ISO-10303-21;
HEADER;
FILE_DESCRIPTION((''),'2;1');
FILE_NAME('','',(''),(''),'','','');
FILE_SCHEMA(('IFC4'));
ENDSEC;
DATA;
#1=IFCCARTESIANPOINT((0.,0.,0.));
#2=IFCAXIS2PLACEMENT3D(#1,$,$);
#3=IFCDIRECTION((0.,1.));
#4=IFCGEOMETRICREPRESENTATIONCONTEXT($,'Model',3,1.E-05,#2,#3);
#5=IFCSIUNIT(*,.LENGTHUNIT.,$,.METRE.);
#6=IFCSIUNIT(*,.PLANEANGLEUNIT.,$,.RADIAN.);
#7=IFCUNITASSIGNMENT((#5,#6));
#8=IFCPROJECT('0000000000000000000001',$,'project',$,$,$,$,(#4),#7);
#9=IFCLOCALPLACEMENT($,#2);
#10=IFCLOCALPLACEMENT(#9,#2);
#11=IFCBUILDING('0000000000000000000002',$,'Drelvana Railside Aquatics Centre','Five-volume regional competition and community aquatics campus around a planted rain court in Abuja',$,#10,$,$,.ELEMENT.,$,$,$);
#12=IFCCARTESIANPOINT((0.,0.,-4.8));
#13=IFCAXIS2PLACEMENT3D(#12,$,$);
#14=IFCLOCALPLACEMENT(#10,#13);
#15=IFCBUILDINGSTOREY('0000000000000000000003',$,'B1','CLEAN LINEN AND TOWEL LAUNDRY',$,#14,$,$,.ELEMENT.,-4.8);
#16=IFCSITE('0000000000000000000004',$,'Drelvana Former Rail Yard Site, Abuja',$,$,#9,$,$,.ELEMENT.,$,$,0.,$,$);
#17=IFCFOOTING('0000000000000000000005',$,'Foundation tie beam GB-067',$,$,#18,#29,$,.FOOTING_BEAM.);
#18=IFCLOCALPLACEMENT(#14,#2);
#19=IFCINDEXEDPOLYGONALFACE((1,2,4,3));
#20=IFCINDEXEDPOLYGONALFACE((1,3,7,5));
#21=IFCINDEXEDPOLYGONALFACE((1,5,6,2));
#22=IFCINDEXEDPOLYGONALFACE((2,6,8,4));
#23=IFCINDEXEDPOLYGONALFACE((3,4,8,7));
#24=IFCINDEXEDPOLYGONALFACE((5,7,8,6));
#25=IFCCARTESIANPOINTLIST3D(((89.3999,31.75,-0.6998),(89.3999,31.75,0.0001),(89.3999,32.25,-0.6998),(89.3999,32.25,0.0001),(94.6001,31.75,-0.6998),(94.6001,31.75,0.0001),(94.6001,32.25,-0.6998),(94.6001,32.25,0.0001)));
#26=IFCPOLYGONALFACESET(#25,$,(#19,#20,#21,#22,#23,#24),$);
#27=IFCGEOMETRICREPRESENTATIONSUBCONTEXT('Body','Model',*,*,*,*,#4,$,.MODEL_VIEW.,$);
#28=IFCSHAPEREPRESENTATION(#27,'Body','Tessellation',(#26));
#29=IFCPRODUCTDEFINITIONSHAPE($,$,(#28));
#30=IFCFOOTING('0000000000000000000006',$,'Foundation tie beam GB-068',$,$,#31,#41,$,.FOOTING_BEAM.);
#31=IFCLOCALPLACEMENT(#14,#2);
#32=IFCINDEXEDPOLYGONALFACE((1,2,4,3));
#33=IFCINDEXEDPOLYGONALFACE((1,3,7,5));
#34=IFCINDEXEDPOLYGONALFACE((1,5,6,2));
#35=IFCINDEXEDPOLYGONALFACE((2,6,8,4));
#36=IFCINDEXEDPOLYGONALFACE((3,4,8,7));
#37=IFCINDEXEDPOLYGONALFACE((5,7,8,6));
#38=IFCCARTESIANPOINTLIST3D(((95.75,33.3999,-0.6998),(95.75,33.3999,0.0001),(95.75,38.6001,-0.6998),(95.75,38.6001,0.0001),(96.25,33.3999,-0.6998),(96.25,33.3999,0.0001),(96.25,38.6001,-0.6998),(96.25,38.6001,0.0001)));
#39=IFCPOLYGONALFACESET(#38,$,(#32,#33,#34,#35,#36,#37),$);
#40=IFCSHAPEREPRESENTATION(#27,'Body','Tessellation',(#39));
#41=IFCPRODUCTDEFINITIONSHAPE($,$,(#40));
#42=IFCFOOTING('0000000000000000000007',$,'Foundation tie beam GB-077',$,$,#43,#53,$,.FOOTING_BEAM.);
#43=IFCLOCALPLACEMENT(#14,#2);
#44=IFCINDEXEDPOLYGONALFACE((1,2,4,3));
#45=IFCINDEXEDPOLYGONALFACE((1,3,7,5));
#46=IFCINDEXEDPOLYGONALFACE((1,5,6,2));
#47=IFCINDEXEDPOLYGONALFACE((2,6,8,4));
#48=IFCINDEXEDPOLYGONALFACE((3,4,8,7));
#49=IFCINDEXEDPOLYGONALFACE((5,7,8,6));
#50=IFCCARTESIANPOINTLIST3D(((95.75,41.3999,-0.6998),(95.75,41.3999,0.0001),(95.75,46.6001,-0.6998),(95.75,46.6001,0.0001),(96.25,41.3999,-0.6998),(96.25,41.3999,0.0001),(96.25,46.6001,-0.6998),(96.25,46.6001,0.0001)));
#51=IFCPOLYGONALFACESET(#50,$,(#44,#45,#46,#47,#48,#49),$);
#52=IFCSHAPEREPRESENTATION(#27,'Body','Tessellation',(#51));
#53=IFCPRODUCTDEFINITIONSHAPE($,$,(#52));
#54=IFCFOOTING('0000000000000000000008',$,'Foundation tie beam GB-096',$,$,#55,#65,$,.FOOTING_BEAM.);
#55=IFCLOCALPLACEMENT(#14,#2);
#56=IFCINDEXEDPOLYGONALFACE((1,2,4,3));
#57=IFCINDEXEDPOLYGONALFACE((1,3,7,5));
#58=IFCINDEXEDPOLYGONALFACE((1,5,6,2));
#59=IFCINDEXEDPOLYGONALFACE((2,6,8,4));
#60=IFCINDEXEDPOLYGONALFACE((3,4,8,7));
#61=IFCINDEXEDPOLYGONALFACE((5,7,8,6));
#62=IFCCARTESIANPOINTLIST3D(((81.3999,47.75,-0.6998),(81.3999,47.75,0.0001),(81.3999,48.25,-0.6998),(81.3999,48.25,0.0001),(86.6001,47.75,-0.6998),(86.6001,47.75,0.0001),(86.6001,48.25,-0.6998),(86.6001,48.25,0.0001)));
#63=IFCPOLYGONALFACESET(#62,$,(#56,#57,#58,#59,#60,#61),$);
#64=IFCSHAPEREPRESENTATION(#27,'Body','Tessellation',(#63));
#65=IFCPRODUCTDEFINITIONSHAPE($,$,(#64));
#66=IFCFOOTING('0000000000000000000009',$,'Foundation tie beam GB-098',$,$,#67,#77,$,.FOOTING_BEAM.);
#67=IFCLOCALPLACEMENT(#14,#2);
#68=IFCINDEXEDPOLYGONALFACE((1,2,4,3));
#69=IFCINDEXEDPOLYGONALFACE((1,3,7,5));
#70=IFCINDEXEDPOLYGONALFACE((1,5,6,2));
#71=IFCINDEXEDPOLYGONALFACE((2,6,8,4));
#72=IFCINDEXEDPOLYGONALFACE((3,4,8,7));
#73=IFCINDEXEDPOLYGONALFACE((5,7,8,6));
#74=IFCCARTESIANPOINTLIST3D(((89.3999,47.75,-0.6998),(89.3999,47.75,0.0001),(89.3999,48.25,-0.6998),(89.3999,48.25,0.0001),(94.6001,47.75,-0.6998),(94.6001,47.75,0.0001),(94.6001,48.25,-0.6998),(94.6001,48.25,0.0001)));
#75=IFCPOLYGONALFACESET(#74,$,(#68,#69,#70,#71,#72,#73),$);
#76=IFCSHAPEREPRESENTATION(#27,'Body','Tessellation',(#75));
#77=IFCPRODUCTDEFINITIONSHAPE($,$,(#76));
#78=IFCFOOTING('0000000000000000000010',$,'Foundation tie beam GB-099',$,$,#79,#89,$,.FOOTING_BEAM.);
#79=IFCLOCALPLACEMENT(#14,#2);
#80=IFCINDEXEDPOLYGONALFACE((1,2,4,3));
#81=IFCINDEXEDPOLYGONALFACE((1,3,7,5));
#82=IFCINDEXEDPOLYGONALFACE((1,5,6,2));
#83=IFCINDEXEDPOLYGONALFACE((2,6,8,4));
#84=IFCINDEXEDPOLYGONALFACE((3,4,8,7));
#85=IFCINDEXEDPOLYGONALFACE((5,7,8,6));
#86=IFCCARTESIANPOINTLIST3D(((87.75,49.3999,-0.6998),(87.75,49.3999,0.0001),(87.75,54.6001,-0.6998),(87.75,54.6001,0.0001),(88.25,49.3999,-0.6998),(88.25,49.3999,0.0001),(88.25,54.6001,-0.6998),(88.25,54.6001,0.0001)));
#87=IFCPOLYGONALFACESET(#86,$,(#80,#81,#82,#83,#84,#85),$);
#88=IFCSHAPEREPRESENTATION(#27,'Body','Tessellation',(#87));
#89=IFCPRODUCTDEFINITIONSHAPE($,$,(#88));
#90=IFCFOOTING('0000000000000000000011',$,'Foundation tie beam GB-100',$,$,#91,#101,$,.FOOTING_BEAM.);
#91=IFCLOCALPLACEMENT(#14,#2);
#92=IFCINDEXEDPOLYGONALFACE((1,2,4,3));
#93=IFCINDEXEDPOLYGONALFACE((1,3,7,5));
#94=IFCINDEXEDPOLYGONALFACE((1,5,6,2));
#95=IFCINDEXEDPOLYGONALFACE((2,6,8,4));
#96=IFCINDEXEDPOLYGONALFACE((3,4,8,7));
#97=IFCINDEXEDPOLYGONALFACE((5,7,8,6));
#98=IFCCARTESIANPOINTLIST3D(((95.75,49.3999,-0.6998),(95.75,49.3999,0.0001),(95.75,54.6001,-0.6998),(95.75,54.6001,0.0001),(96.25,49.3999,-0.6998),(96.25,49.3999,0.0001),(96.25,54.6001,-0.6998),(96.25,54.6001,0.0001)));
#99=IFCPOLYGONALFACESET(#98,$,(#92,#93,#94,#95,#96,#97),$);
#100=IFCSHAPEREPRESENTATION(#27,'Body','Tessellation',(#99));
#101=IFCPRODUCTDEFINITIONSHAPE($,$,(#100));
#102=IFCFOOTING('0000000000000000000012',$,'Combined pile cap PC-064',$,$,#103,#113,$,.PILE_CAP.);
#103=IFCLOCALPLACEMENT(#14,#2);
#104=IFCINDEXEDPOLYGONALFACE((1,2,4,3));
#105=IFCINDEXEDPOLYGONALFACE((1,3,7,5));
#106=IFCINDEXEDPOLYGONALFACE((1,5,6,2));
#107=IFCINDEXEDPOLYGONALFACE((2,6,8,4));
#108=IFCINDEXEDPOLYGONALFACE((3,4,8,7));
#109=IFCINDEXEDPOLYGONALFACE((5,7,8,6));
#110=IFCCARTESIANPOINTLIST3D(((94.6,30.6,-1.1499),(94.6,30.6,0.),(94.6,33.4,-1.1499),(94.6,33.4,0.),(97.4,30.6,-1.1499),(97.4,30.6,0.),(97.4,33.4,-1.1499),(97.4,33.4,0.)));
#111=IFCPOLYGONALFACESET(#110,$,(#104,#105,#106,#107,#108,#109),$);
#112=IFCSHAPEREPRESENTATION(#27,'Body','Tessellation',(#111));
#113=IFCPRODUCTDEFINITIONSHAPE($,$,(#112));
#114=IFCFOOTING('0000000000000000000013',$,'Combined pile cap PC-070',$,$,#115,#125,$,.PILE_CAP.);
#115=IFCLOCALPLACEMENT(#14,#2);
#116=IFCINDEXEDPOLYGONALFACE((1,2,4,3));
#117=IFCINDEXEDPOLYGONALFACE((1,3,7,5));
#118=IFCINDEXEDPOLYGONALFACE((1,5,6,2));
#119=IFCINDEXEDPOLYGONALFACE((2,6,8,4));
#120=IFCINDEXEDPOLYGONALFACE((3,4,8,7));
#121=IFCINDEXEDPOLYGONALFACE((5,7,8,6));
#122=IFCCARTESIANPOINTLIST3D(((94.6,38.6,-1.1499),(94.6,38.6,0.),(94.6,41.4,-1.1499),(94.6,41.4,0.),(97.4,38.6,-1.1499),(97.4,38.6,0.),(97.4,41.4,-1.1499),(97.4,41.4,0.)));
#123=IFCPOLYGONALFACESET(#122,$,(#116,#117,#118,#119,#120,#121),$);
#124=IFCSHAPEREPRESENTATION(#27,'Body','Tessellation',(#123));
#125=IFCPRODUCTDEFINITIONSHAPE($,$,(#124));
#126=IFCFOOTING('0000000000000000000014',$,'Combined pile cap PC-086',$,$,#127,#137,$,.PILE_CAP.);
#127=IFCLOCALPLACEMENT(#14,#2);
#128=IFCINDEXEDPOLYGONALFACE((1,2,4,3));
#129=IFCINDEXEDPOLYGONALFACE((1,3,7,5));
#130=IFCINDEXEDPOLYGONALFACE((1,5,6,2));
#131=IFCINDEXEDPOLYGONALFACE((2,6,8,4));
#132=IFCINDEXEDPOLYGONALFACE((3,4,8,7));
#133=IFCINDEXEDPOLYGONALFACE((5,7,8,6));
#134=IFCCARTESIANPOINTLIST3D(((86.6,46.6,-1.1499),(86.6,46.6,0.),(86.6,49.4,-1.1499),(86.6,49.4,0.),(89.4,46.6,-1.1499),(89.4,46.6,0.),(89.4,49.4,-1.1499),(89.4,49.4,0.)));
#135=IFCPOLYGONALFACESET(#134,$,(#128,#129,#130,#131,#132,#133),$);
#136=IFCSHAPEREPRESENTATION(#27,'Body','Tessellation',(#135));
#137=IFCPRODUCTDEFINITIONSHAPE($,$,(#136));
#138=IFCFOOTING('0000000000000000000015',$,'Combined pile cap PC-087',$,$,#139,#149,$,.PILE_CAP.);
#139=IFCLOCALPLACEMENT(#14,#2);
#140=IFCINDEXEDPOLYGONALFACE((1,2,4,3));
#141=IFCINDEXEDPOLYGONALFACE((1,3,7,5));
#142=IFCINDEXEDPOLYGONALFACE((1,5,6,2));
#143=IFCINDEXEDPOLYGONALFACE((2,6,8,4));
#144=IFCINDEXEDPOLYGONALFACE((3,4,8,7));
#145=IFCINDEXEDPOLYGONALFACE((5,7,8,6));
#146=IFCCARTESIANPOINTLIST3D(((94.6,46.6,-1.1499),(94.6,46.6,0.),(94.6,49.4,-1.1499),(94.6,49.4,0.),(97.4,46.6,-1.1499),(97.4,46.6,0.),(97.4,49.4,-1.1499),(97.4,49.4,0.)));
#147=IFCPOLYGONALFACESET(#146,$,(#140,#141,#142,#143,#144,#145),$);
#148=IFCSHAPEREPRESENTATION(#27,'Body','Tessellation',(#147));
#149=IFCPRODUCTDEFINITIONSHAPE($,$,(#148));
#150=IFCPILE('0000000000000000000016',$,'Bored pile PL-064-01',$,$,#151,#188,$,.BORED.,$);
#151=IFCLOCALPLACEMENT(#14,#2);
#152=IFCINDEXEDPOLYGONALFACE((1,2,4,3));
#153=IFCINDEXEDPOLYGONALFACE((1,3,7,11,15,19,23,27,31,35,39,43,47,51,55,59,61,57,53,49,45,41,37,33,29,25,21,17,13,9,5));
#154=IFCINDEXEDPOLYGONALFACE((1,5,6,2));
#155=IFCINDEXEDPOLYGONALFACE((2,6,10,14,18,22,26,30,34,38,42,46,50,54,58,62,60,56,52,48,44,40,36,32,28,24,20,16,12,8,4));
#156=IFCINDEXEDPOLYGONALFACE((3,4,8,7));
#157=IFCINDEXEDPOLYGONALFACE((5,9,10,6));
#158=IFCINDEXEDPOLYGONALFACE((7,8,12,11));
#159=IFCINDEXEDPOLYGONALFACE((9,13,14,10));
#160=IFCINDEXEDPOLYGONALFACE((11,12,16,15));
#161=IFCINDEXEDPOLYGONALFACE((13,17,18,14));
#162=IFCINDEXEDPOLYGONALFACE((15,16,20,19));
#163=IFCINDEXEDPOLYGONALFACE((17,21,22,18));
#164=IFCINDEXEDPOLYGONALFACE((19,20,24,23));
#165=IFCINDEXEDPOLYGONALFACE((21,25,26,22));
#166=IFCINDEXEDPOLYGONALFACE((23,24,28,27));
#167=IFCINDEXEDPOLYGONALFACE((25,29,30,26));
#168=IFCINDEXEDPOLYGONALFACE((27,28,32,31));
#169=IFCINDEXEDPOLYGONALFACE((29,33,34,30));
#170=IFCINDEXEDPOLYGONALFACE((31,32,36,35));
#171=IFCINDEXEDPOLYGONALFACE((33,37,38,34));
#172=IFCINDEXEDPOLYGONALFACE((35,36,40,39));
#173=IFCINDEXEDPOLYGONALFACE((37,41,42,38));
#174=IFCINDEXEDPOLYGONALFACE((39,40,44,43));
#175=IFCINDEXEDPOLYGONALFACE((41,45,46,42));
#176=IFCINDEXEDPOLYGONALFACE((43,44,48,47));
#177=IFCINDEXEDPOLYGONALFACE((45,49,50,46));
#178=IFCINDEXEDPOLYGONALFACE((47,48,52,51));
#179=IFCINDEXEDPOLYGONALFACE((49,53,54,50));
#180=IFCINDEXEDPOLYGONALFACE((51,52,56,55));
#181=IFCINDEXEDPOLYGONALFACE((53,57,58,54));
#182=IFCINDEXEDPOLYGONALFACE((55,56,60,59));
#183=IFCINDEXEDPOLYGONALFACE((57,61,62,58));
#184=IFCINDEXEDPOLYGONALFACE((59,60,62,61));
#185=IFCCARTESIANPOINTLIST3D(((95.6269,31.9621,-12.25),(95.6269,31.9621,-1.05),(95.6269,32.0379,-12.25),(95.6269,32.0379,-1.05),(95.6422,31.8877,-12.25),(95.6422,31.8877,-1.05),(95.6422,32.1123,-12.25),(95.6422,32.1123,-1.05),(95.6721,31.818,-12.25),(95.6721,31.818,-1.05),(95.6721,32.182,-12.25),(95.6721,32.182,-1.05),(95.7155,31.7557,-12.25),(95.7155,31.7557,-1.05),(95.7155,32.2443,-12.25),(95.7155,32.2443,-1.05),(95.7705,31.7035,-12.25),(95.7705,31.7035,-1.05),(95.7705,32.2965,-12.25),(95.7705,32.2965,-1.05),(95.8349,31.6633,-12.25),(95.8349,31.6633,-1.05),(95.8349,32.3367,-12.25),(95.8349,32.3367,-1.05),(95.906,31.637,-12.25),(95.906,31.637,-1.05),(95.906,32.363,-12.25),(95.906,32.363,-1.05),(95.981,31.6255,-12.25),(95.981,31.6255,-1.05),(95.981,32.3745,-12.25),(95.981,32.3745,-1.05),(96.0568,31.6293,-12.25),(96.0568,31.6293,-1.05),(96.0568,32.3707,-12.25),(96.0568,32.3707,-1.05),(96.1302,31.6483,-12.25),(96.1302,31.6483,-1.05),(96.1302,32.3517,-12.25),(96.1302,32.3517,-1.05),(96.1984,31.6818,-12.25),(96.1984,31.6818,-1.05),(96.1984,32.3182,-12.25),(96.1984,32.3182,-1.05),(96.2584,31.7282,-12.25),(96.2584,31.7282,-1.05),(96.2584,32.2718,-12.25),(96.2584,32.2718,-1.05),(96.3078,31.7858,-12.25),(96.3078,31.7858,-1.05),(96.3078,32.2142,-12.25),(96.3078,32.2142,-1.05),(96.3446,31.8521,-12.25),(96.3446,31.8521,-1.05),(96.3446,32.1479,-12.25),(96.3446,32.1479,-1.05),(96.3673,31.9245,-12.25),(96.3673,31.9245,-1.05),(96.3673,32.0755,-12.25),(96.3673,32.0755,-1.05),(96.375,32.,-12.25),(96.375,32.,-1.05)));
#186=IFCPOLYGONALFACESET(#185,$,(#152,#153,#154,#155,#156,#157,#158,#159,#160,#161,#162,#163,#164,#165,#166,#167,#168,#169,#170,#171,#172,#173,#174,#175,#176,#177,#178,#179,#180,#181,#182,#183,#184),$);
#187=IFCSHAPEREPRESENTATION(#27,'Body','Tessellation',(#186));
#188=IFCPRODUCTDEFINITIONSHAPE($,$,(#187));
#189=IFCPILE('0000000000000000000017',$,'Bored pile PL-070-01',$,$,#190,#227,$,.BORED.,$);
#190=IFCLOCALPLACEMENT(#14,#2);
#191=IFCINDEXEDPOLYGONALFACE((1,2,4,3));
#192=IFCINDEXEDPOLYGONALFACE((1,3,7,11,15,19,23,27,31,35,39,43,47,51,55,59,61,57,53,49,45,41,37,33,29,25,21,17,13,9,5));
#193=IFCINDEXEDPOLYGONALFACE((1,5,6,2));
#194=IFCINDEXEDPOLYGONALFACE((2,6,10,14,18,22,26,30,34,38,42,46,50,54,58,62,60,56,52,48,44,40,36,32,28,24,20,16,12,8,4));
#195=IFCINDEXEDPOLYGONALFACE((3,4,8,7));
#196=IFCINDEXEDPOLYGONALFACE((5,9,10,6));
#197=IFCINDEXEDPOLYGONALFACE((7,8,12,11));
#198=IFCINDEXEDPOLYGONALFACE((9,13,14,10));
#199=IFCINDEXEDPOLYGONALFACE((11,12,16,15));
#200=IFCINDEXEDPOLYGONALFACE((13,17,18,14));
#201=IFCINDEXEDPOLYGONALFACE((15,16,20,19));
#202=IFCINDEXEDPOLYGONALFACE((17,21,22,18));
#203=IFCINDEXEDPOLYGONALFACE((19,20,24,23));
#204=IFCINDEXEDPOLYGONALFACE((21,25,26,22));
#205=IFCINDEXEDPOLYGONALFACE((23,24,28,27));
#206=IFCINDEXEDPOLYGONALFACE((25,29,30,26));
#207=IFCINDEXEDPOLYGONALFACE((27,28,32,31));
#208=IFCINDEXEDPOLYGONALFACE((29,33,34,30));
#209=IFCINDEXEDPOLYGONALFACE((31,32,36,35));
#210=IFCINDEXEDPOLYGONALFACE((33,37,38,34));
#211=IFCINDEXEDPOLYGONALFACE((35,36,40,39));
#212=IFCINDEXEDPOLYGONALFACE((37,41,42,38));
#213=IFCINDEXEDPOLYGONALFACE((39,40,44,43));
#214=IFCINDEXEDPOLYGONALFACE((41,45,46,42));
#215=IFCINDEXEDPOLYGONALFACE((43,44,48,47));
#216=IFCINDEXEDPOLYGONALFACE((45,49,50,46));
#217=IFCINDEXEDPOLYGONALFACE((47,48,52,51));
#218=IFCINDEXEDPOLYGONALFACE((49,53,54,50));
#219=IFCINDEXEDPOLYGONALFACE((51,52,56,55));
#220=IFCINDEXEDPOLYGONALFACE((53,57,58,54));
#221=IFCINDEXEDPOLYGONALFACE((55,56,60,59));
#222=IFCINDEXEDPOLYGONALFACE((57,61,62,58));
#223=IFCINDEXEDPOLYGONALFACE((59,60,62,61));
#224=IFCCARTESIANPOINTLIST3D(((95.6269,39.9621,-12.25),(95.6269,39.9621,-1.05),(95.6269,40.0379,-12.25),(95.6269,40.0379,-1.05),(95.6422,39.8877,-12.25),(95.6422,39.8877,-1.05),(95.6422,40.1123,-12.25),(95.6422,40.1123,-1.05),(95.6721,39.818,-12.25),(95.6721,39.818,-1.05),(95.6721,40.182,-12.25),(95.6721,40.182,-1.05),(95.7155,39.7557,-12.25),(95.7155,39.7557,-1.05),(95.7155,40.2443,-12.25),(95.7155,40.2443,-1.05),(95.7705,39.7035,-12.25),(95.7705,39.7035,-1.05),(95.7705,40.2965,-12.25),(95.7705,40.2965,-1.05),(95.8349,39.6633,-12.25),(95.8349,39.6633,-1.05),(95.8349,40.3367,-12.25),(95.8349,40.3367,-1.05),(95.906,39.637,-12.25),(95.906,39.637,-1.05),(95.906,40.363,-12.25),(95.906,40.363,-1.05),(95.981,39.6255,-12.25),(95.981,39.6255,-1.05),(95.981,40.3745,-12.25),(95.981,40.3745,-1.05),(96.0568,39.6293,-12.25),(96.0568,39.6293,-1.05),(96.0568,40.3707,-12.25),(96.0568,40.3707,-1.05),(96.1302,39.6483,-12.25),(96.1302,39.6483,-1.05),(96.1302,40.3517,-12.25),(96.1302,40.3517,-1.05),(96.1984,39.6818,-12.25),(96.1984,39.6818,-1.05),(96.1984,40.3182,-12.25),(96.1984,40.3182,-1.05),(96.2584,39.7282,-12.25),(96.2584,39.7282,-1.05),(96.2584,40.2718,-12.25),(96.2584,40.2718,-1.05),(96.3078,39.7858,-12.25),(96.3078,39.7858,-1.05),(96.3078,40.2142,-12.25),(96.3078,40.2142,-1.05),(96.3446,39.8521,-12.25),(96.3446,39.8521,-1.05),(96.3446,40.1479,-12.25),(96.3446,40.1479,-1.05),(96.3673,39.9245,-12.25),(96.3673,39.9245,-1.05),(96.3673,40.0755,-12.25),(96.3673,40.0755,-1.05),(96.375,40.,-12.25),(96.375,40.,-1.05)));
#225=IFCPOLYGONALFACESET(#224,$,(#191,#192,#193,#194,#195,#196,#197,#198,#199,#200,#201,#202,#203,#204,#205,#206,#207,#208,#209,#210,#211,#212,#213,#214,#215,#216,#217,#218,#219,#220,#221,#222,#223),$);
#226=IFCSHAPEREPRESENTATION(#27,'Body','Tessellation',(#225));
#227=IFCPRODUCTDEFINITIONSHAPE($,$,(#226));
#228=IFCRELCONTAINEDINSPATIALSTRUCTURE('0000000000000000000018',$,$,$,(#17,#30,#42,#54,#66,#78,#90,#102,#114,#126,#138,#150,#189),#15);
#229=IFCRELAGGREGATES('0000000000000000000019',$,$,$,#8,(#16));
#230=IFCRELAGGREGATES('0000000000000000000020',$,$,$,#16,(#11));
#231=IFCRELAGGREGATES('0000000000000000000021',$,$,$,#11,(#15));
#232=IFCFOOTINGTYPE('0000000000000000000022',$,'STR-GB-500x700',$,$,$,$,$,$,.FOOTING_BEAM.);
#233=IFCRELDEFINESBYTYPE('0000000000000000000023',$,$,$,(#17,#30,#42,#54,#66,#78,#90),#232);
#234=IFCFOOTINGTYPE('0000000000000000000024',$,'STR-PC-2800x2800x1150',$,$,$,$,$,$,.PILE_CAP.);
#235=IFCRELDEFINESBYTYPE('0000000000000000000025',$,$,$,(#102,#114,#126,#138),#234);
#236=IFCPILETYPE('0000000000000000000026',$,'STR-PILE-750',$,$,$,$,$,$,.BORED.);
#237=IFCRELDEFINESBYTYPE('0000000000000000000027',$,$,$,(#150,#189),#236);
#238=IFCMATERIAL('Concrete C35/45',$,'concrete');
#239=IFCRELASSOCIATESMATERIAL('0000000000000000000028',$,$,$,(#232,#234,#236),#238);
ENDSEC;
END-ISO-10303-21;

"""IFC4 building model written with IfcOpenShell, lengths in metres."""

from ifc_helpers import new_model, si_unit, direction, frame, origin, origin_2d, place, context, subcontext, project, spatial, rectangle, circle, extrude, material, material_profile, profile_set, type_object, element, save


model = new_model("IFC4")

# Units and contexts
model_context = context("Model", 3, precision=1e-05, world=origin(), true_north=direction((0.0, 1.0)))
body_context = subcontext(model_context, "Body", "Model", "MODEL_VIEW")
ifc_project = project(units=[si_unit("LENGTHUNIT", "METRE"), si_unit("PLANEANGLEUNIT", "RADIAN")], contexts=[model_context])

# Site, building, storey
site_placement = place(None, origin())
site = spatial("IfcSite", under=ifc_project, at=site_placement, Name="Drelvana Former Rail Yard Site, Abuja", CompositionType="ELEMENT", RefElevation=0.0)
building_placement = place(site_placement, origin())
building = spatial("IfcBuilding", under=site, at=building_placement, Name="Drelvana Railside Aquatics Centre", Description="Five-volume regional competition and community aquatics campus around a planted rain court in Abuja", CompositionType="ELEMENT")
storey_placement = place(building_placement, frame((0.0, 0.0, -4.8)))
storey = spatial("IfcBuildingStorey", under=building, at=storey_placement, Name="B1", Description="CLEAN LINEN AND TOWEL LAUNDRY", CompositionType="ELEMENT", Elevation=-4.8)

# Footings
ifc_material_1 = material(Name="Concrete C35/45", Category="concrete")
ifc_material_profile_1 = material_profile(ifc_material_1, rectangle(XDim=0.5, YDim=0.7, at=origin_2d()), Name="GB 500x700")
ifc_profile_set_1 = profile_set([ifc_material_profile_1], Name="Concrete C35/45")
footing_type_1 = type_object("IfcFootingType", Name="STR-GB-500x700", PredefinedType="FOOTING_BEAM", material=ifc_profile_set_1)
for number, where, z_axis, x_axis, name in (
    (1, (89.3999, 32.0, -0.3499), (1.0, 0.0, 0.0), (0.0, 1.0, 0.0), "Foundation tie beam GB-067"),
    (2, (96.0, 33.3999, -0.3499), (0.0, 1.0, 0.0), (-1.0, 0.0, 0.0), "Foundation tie beam GB-068"),
    (3, (96.0, 41.3999, -0.3499), (0.0, 1.0, 0.0), (-1.0, 0.0, 0.0), "Foundation tie beam GB-077"),
    (4, (81.3999, 48.0, -0.3499), (1.0, 0.0, 0.0), (0.0, 1.0, 0.0), "Foundation tie beam GB-096"),
    (5, (89.3999, 48.0, -0.3499), (1.0, 0.0, 0.0), (0.0, 1.0, 0.0), "Foundation tie beam GB-098"),
    (6, (88.0, 49.3999, -0.3499), (0.0, 1.0, 0.0), (-1.0, 0.0, 0.0), "Foundation tie beam GB-099"),
    (7, (96.0, 49.3999, -0.3499), (0.0, 1.0, 0.0), (-1.0, 0.0, 0.0), "Foundation tie beam GB-100"),
):
    element("IfcFooting", number, at=place(storey_placement, frame(where, z_axis=z_axis, x_axis=x_axis)), inside=storey, type_object=footing_type_1, Name=name, PredefinedType="FOOTING_BEAM", context=body_context, shape_type="SweptSolid", body=[
        extrude(rectangle(XDim=0.5, YDim=0.7, at=origin_2d()), origin(), (0.0, 0.0, 1.0), 5.2002),
    ])
footing_type_2 = type_object("IfcFootingType", Name="STR-PC-2800x2800x1150", PredefinedType="PILE_CAP", material=ifc_material_1)
for number, where, z_axis, x_axis, name in (
    (8, (96.0, 32.0, -1.1499), (0.0, 0.0, 1.0), (1.0, 0.0, 0.0), "Combined pile cap PC-064"),
    (9, (96.0, 40.0, -1.1499), (0.0, 0.0, 1.0), (1.0, 0.0, 0.0), "Combined pile cap PC-070"),
    (10, (88.0, 48.0, -1.1499), (0.0, 0.0, 1.0), (1.0, 0.0, 0.0), "Combined pile cap PC-086"),
    (11, (96.0, 48.0, -1.1499), (0.0, 0.0, 1.0), (1.0, 0.0, 0.0), "Combined pile cap PC-087"),
):
    element("IfcFooting", number, at=place(storey_placement, frame(where, z_axis=z_axis, x_axis=x_axis)), inside=storey, type_object=footing_type_2, Name=name, PredefinedType="PILE_CAP", context=body_context, shape_type="SweptSolid", body=[
        extrude(rectangle(XDim=2.8, YDim=2.8, at=origin_2d()), origin(), (0.0, 0.0, 1.0), 1.1499),
    ])

# Piles
ifc_material_profile_2 = material_profile(ifc_material_1, circle(Radius=0.375, at=origin_2d()), Name="PILE D750")
ifc_profile_set_2 = profile_set([ifc_material_profile_2], Name="Concrete C35/45")
pile_type = type_object("IfcPileType", Name="STR-PILE-750", PredefinedType="BORED", material=ifc_profile_set_2)
for number, where, z_axis, x_axis, name in (
    (12, (96.0, 32.0, -1.05), (0.0, 0.0, -1.0), (1.0, 0.0, 0.0), "Bored pile PL-064-01"),
    (13, (96.0, 40.0, -1.05), (0.0, 0.0, -1.0), (1.0, 0.0, 0.0), "Bored pile PL-070-01"),
):
    element("IfcPile", number, at=place(storey_placement, frame(where, z_axis=z_axis, x_axis=x_axis)), inside=storey, type_object=pile_type, Name=name, PredefinedType="BORED", context=body_context, shape_type="SweptSolid", body=[
        extrude(circle(Radius=0.375, at=origin_2d()), origin(), (0.0, 0.0, 1.0), 11.2),
    ])

save(model, "model.ifc")
